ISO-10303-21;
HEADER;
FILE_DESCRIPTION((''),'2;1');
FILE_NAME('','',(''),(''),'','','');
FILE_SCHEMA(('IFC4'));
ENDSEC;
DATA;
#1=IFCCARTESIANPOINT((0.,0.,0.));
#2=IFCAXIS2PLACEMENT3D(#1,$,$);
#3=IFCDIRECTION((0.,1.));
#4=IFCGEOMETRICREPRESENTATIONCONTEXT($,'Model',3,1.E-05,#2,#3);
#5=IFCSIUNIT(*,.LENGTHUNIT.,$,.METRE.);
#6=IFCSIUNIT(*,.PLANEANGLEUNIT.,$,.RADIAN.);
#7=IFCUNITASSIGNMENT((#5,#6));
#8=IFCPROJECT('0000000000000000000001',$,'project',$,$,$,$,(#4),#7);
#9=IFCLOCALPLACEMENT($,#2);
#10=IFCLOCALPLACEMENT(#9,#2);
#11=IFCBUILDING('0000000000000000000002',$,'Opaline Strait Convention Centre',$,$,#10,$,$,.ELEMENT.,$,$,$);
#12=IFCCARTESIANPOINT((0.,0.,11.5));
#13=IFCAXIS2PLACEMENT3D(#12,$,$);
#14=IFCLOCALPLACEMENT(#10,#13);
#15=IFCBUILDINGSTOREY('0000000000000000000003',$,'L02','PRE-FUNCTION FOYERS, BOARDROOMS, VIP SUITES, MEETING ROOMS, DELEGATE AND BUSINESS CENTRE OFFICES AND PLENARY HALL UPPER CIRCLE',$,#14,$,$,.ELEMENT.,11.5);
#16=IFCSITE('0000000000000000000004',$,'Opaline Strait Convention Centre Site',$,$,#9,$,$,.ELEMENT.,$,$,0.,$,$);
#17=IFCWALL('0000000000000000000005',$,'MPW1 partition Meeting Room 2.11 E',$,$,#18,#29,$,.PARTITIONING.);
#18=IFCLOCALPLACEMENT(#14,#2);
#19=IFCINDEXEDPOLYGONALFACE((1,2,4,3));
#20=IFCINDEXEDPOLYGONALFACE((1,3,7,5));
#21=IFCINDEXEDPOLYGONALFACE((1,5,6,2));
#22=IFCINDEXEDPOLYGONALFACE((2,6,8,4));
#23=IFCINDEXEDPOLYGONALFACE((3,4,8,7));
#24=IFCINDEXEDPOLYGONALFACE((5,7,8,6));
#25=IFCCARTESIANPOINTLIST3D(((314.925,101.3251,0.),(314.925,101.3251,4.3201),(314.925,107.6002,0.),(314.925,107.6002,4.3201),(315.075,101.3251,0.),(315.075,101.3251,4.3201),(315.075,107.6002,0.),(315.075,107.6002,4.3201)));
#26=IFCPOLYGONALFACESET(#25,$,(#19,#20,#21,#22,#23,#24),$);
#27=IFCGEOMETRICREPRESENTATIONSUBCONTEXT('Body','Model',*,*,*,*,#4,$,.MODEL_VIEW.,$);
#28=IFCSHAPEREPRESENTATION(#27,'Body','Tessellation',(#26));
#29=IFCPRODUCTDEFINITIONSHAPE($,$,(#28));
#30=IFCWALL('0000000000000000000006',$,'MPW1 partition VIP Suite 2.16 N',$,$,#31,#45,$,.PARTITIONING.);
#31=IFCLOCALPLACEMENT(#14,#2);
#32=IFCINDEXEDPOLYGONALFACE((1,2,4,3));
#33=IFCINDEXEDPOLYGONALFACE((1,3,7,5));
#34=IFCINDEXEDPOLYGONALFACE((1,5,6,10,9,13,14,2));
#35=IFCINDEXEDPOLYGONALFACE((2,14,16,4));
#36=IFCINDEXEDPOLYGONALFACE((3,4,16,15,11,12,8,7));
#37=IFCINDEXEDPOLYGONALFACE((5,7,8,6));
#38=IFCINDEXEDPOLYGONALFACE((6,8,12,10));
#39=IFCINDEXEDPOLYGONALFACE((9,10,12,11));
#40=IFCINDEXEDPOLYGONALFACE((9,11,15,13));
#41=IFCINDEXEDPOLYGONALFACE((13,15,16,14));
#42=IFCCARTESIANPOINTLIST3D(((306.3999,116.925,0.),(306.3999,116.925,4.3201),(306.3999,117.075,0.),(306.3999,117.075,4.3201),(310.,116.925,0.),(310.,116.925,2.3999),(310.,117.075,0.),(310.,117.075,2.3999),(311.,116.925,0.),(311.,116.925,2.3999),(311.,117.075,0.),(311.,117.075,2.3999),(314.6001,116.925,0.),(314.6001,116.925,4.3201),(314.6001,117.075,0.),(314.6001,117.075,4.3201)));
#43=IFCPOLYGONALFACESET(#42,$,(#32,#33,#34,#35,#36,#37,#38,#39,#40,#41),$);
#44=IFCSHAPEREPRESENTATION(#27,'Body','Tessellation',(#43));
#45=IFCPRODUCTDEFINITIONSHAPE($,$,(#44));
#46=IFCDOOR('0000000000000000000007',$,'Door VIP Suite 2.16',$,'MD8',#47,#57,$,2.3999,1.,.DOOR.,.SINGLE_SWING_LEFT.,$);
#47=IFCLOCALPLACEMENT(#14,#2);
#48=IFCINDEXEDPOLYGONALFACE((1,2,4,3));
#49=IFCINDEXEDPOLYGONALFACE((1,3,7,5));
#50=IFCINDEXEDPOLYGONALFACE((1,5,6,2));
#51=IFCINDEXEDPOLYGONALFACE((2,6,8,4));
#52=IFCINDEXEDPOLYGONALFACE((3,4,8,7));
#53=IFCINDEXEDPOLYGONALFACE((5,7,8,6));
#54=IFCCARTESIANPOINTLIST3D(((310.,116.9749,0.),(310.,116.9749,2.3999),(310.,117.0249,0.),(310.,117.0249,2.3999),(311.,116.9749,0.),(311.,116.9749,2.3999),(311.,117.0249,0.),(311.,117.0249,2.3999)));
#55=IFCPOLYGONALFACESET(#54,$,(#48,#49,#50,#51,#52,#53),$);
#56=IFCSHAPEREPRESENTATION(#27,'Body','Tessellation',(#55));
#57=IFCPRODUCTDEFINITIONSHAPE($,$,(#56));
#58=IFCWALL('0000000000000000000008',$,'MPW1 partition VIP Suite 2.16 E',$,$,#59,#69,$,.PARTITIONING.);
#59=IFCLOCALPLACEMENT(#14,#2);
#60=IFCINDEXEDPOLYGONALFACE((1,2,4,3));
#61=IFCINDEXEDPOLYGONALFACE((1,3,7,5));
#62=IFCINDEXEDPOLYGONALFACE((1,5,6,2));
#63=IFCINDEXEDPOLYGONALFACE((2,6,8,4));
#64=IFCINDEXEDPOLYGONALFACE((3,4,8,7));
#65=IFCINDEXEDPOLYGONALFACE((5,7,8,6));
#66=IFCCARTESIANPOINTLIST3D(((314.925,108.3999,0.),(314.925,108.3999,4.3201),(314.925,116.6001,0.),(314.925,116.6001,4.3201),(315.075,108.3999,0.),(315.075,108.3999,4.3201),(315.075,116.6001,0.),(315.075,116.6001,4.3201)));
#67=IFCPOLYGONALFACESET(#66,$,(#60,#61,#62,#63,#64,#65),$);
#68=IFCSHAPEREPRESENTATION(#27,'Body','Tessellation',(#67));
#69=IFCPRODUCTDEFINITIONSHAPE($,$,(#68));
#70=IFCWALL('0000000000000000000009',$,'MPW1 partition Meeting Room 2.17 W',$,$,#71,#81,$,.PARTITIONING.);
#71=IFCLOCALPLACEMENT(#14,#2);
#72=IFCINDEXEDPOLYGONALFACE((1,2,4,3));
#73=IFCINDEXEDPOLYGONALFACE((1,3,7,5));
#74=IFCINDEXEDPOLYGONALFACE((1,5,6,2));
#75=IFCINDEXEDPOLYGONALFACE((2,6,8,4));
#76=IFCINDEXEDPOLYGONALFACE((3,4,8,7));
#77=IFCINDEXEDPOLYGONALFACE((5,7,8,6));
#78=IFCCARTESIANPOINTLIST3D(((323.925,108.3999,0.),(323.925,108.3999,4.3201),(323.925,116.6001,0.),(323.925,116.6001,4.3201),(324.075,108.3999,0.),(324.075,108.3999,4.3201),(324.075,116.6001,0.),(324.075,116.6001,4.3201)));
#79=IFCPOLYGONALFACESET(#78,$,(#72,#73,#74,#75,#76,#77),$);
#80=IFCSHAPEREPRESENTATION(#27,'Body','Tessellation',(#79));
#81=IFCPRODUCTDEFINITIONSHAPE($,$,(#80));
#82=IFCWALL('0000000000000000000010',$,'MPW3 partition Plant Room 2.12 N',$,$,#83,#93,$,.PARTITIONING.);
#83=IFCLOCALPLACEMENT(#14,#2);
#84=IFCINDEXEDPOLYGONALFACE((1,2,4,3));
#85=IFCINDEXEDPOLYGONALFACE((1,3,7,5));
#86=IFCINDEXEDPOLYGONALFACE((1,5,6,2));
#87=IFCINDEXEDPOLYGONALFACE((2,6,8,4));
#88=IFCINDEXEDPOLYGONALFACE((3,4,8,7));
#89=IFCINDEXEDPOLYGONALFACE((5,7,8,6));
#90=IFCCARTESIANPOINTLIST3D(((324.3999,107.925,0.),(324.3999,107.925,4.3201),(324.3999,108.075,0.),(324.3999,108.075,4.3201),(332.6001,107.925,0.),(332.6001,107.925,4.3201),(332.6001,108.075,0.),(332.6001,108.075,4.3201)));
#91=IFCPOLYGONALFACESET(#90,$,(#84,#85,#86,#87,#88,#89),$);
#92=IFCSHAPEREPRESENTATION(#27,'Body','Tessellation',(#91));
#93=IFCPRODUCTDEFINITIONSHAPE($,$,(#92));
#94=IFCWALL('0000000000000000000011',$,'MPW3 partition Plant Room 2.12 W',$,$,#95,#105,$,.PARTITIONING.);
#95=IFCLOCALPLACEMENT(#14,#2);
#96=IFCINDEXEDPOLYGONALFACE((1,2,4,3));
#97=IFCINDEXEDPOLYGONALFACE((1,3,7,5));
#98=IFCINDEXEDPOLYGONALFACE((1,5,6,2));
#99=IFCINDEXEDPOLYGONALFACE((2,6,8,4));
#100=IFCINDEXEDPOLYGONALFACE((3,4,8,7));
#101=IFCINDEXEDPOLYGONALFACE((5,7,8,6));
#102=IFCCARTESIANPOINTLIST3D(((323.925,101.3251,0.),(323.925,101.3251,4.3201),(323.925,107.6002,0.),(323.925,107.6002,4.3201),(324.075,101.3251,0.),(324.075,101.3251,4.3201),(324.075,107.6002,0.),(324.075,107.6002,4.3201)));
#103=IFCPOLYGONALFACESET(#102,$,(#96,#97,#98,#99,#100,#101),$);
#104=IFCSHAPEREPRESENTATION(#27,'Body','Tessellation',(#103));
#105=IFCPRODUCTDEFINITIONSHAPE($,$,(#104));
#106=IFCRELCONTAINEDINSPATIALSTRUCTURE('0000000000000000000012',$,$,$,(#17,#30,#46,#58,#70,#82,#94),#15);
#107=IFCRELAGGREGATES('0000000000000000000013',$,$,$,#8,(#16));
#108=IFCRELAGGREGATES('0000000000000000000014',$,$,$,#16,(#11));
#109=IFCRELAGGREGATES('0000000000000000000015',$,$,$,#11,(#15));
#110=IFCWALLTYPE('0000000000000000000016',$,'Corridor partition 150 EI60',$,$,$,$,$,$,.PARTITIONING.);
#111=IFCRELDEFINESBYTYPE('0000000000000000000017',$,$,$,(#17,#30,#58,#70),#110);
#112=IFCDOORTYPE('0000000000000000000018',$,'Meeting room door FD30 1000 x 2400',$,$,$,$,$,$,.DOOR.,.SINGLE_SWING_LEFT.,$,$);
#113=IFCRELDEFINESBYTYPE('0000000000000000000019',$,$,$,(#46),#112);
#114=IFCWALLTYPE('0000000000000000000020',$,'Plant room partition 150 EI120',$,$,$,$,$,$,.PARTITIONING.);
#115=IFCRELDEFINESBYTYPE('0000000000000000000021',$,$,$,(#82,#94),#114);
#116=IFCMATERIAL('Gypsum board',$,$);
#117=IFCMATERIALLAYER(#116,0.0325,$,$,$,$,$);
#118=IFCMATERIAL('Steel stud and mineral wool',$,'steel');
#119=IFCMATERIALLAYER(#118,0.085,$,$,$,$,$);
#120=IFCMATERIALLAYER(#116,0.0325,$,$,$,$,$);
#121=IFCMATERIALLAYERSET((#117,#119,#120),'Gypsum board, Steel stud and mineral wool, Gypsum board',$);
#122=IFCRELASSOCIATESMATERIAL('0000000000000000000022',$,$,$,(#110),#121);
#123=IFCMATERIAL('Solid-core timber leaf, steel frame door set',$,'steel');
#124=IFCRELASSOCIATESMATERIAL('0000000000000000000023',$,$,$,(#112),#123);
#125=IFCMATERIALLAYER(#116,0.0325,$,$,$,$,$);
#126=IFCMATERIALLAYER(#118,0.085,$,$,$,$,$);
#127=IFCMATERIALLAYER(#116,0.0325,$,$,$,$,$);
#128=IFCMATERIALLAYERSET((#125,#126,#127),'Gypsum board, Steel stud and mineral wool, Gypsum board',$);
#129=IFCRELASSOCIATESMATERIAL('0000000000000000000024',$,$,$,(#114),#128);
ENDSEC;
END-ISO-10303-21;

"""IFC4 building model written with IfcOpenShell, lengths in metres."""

from ifc_helpers import new_model, si_unit, direction, frame, frame_2d, origin, place, context, subcontext, project, spatial, rectangle, extrude, material, layer, layer_set, type_object, element, fill, save


model = new_model("IFC4")

# Units and contexts
model_context = context("Model", 3, precision=1e-05, world=origin(), true_north=direction((0.0, 1.0)))
body_context = subcontext(model_context, "Body", "Model", "MODEL_VIEW")
ifc_project = project(units=[si_unit("LENGTHUNIT", "METRE"), si_unit("PLANEANGLEUNIT", "RADIAN")], contexts=[model_context])

# Site, building, storey
site_placement = place(None, origin())
site = spatial("IfcSite", under=ifc_project, at=site_placement, Name="Opaline Strait Convention Centre Site", CompositionType="ELEMENT", RefElevation=0.0)
building_placement = place(site_placement, origin())
building = spatial("IfcBuilding", under=site, at=building_placement, Name="Opaline Strait Convention Centre", CompositionType="ELEMENT")
storey_placement = place(building_placement, frame((0.0, 0.0, 11.5)))
storey = spatial("IfcBuildingStorey", under=building, at=storey_placement, Name="L02", Description="PRE-FUNCTION FOYERS, BOARDROOMS, VIP SUITES, MEETING ROOMS, DELEGATE AND BUSINESS CENTRE OFFICES AND PLENARY HALL UPPER CIRCLE", CompositionType="ELEMENT", Elevation=11.5)

# Wall
ifc_material_1 = material(Name="Gypsum board")
ifc_material_2 = material(Name="Steel stud and mineral wool", Category="steel")
ifc_layer_1 = layer(ifc_material_1, 0.0325)
ifc_layer_2 = layer(ifc_material_2, 0.085)
ifc_layer_3 = layer(ifc_material_1, 0.0325)
ifc_layer_set_1 = layer_set([ifc_layer_1, ifc_layer_2, ifc_layer_3], Name="Gypsum board, Steel stud and mineral wool, Gypsum board")
wall_type_1 = type_object("IfcWallType", Name="Corridor partition 150 EI60", PredefinedType="PARTITIONING", material=ifc_layer_set_1)
wall_1_placement = place(storey_placement, frame((315.0, 101.325, 0.0), z_axis=(0.0, 0.0, 1.0), x_axis=(0.0, 1.0, 0.0)))
element("IfcWall", 1, at=wall_1_placement, inside=storey, type_object=wall_type_1, Name="MPW1 partition Meeting Room 2.11 E", PredefinedType="PARTITIONING", context=body_context, shape_type="SweptSolid", body=[
    extrude(rectangle(XDim=6.2751, YDim=0.1499, at=frame_2d((3.1377, 0.0))), origin(), (0.0, 0.0, 1.0), 4.3201),
])

# Wall, opening, door
wall_2_placement = place(storey_placement, frame((306.3999, 117.0, 0.0), z_axis=(0.0, 0.0, 1.0), x_axis=(1.0, 0.0, 0.0)))
wall_2 = element("IfcWall", 2, at=wall_2_placement, inside=storey, type_object=wall_type_1, Name="MPW1 partition VIP Suite 2.16 N", PredefinedType="PARTITIONING", context=body_context, shape_type="SweptSolid", body=[
    extrude(rectangle(XDim=8.2002, YDim=0.1499, at=frame_2d((4.1001, 0.0))), origin(), (0.0, 0.0, 1.0), 4.3201),
])
opening_placement = place(wall_2_placement, frame((3.6001, 0.0, 0.0)))
opening = element("IfcOpeningElement", 3, at=opening_placement, cuts=wall_2, PredefinedType="OPENING", context=body_context, shape_type="SweptSolid", body=[
    extrude(rectangle(XDim=1.0, YDim=2.3999, at=frame_2d((0.5, 1.2))), frame((0.0, 0.085, 0.0), z_axis=(0.0, -1.0, 0.0), x_axis=(1.0, 0.0, 0.0)), (0.0, 0.0, 1.0), 0.1699),
])
ifc_material_3 = material(Name="Solid-core timber leaf, steel frame door set", Category="steel")
door_type = type_object("IfcDoorType", Name="Meeting room door FD30 1000 x 2400", OperationType="SINGLE_SWING_LEFT", PredefinedType="DOOR", material=ifc_material_3)
door_placement = place(opening_placement, origin())
door = element("IfcDoor", 4, at=door_placement, inside=storey, type_object=door_type, Name="Door VIP Suite 2.16", ObjectType="MD8", OperationType="SINGLE_SWING_LEFT", OverallHeight=2.3999, OverallWidth=1.0, PredefinedType="DOOR", context=body_context, shape_type="SweptSolid", body=[
    extrude(rectangle(XDim=1.0, YDim=2.3999, at=frame_2d((0.5, 1.2))), frame((0.0, 0.0249, 0.0), z_axis=(0.0, -1.0, 0.0), x_axis=(1.0, 0.0, 0.0)), (0.0, 0.0, 1.0), 0.05),
])
fill(opening, door)

# Walls
for number, where, z_axis, x_axis, name in (
    (5, (315.0, 108.3999, 0.0), (0.0, 0.0, 1.0), (0.0, 1.0, 0.0), "MPW1 partition VIP Suite 2.16 E"),
    (6, (324.0, 108.3999, 0.0), (0.0, 0.0, 1.0), (0.0, 1.0, 0.0), "MPW1 partition Meeting Room 2.17 W"),
):
    element("IfcWall", number, at=place(storey_placement, frame(where, z_axis=z_axis, x_axis=x_axis)), inside=storey, type_object=wall_type_1, Name=name, PredefinedType="PARTITIONING", context=body_context, shape_type="SweptSolid", body=[
        extrude(rectangle(XDim=8.2002, YDim=0.1499, at=frame_2d((4.1001, 0.0))), origin(), (0.0, 0.0, 1.0), 4.3201),
    ])
ifc_layer_4 = layer(ifc_material_1, 0.0325)
ifc_layer_5 = layer(ifc_material_2, 0.085)
ifc_layer_6 = layer(ifc_material_1, 0.0325)
ifc_layer_set_2 = layer_set([ifc_layer_4, ifc_layer_5, ifc_layer_6], Name="Gypsum board, Steel stud and mineral wool, Gypsum board")
wall_type_2 = type_object("IfcWallType", Name="Plant room partition 150 EI120", PredefinedType="PARTITIONING", material=ifc_layer_set_2)
wall_3_placement = place(storey_placement, frame((324.3999, 108.0, 0.0), z_axis=(0.0, 0.0, 1.0), x_axis=(1.0, 0.0, 0.0)))
element("IfcWall", 7, at=wall_3_placement, inside=storey, type_object=wall_type_2, Name="MPW3 partition Plant Room 2.12 N", PredefinedType="PARTITIONING", context=body_context, shape_type="SweptSolid", body=[
    extrude(rectangle(XDim=8.2002, YDim=0.1499, at=frame_2d((4.1001, 0.0))), origin(), (0.0, 0.0, 1.0), 4.3201),
])
wall_4_placement = place(storey_placement, frame((324.0, 101.325, 0.0), z_axis=(0.0, 0.0, 1.0), x_axis=(0.0, 1.0, 0.0)))
element("IfcWall", 8, at=wall_4_placement, inside=storey, type_object=wall_type_2, Name="MPW3 partition Plant Room 2.12 W", PredefinedType="PARTITIONING", context=body_context, shape_type="SweptSolid", body=[
    extrude(rectangle(XDim=6.2751, YDim=0.1499, at=frame_2d((3.1377, 0.0))), origin(), (0.0, 0.0, 1.0), 4.3201),
])

save(model, "model.ifc")
